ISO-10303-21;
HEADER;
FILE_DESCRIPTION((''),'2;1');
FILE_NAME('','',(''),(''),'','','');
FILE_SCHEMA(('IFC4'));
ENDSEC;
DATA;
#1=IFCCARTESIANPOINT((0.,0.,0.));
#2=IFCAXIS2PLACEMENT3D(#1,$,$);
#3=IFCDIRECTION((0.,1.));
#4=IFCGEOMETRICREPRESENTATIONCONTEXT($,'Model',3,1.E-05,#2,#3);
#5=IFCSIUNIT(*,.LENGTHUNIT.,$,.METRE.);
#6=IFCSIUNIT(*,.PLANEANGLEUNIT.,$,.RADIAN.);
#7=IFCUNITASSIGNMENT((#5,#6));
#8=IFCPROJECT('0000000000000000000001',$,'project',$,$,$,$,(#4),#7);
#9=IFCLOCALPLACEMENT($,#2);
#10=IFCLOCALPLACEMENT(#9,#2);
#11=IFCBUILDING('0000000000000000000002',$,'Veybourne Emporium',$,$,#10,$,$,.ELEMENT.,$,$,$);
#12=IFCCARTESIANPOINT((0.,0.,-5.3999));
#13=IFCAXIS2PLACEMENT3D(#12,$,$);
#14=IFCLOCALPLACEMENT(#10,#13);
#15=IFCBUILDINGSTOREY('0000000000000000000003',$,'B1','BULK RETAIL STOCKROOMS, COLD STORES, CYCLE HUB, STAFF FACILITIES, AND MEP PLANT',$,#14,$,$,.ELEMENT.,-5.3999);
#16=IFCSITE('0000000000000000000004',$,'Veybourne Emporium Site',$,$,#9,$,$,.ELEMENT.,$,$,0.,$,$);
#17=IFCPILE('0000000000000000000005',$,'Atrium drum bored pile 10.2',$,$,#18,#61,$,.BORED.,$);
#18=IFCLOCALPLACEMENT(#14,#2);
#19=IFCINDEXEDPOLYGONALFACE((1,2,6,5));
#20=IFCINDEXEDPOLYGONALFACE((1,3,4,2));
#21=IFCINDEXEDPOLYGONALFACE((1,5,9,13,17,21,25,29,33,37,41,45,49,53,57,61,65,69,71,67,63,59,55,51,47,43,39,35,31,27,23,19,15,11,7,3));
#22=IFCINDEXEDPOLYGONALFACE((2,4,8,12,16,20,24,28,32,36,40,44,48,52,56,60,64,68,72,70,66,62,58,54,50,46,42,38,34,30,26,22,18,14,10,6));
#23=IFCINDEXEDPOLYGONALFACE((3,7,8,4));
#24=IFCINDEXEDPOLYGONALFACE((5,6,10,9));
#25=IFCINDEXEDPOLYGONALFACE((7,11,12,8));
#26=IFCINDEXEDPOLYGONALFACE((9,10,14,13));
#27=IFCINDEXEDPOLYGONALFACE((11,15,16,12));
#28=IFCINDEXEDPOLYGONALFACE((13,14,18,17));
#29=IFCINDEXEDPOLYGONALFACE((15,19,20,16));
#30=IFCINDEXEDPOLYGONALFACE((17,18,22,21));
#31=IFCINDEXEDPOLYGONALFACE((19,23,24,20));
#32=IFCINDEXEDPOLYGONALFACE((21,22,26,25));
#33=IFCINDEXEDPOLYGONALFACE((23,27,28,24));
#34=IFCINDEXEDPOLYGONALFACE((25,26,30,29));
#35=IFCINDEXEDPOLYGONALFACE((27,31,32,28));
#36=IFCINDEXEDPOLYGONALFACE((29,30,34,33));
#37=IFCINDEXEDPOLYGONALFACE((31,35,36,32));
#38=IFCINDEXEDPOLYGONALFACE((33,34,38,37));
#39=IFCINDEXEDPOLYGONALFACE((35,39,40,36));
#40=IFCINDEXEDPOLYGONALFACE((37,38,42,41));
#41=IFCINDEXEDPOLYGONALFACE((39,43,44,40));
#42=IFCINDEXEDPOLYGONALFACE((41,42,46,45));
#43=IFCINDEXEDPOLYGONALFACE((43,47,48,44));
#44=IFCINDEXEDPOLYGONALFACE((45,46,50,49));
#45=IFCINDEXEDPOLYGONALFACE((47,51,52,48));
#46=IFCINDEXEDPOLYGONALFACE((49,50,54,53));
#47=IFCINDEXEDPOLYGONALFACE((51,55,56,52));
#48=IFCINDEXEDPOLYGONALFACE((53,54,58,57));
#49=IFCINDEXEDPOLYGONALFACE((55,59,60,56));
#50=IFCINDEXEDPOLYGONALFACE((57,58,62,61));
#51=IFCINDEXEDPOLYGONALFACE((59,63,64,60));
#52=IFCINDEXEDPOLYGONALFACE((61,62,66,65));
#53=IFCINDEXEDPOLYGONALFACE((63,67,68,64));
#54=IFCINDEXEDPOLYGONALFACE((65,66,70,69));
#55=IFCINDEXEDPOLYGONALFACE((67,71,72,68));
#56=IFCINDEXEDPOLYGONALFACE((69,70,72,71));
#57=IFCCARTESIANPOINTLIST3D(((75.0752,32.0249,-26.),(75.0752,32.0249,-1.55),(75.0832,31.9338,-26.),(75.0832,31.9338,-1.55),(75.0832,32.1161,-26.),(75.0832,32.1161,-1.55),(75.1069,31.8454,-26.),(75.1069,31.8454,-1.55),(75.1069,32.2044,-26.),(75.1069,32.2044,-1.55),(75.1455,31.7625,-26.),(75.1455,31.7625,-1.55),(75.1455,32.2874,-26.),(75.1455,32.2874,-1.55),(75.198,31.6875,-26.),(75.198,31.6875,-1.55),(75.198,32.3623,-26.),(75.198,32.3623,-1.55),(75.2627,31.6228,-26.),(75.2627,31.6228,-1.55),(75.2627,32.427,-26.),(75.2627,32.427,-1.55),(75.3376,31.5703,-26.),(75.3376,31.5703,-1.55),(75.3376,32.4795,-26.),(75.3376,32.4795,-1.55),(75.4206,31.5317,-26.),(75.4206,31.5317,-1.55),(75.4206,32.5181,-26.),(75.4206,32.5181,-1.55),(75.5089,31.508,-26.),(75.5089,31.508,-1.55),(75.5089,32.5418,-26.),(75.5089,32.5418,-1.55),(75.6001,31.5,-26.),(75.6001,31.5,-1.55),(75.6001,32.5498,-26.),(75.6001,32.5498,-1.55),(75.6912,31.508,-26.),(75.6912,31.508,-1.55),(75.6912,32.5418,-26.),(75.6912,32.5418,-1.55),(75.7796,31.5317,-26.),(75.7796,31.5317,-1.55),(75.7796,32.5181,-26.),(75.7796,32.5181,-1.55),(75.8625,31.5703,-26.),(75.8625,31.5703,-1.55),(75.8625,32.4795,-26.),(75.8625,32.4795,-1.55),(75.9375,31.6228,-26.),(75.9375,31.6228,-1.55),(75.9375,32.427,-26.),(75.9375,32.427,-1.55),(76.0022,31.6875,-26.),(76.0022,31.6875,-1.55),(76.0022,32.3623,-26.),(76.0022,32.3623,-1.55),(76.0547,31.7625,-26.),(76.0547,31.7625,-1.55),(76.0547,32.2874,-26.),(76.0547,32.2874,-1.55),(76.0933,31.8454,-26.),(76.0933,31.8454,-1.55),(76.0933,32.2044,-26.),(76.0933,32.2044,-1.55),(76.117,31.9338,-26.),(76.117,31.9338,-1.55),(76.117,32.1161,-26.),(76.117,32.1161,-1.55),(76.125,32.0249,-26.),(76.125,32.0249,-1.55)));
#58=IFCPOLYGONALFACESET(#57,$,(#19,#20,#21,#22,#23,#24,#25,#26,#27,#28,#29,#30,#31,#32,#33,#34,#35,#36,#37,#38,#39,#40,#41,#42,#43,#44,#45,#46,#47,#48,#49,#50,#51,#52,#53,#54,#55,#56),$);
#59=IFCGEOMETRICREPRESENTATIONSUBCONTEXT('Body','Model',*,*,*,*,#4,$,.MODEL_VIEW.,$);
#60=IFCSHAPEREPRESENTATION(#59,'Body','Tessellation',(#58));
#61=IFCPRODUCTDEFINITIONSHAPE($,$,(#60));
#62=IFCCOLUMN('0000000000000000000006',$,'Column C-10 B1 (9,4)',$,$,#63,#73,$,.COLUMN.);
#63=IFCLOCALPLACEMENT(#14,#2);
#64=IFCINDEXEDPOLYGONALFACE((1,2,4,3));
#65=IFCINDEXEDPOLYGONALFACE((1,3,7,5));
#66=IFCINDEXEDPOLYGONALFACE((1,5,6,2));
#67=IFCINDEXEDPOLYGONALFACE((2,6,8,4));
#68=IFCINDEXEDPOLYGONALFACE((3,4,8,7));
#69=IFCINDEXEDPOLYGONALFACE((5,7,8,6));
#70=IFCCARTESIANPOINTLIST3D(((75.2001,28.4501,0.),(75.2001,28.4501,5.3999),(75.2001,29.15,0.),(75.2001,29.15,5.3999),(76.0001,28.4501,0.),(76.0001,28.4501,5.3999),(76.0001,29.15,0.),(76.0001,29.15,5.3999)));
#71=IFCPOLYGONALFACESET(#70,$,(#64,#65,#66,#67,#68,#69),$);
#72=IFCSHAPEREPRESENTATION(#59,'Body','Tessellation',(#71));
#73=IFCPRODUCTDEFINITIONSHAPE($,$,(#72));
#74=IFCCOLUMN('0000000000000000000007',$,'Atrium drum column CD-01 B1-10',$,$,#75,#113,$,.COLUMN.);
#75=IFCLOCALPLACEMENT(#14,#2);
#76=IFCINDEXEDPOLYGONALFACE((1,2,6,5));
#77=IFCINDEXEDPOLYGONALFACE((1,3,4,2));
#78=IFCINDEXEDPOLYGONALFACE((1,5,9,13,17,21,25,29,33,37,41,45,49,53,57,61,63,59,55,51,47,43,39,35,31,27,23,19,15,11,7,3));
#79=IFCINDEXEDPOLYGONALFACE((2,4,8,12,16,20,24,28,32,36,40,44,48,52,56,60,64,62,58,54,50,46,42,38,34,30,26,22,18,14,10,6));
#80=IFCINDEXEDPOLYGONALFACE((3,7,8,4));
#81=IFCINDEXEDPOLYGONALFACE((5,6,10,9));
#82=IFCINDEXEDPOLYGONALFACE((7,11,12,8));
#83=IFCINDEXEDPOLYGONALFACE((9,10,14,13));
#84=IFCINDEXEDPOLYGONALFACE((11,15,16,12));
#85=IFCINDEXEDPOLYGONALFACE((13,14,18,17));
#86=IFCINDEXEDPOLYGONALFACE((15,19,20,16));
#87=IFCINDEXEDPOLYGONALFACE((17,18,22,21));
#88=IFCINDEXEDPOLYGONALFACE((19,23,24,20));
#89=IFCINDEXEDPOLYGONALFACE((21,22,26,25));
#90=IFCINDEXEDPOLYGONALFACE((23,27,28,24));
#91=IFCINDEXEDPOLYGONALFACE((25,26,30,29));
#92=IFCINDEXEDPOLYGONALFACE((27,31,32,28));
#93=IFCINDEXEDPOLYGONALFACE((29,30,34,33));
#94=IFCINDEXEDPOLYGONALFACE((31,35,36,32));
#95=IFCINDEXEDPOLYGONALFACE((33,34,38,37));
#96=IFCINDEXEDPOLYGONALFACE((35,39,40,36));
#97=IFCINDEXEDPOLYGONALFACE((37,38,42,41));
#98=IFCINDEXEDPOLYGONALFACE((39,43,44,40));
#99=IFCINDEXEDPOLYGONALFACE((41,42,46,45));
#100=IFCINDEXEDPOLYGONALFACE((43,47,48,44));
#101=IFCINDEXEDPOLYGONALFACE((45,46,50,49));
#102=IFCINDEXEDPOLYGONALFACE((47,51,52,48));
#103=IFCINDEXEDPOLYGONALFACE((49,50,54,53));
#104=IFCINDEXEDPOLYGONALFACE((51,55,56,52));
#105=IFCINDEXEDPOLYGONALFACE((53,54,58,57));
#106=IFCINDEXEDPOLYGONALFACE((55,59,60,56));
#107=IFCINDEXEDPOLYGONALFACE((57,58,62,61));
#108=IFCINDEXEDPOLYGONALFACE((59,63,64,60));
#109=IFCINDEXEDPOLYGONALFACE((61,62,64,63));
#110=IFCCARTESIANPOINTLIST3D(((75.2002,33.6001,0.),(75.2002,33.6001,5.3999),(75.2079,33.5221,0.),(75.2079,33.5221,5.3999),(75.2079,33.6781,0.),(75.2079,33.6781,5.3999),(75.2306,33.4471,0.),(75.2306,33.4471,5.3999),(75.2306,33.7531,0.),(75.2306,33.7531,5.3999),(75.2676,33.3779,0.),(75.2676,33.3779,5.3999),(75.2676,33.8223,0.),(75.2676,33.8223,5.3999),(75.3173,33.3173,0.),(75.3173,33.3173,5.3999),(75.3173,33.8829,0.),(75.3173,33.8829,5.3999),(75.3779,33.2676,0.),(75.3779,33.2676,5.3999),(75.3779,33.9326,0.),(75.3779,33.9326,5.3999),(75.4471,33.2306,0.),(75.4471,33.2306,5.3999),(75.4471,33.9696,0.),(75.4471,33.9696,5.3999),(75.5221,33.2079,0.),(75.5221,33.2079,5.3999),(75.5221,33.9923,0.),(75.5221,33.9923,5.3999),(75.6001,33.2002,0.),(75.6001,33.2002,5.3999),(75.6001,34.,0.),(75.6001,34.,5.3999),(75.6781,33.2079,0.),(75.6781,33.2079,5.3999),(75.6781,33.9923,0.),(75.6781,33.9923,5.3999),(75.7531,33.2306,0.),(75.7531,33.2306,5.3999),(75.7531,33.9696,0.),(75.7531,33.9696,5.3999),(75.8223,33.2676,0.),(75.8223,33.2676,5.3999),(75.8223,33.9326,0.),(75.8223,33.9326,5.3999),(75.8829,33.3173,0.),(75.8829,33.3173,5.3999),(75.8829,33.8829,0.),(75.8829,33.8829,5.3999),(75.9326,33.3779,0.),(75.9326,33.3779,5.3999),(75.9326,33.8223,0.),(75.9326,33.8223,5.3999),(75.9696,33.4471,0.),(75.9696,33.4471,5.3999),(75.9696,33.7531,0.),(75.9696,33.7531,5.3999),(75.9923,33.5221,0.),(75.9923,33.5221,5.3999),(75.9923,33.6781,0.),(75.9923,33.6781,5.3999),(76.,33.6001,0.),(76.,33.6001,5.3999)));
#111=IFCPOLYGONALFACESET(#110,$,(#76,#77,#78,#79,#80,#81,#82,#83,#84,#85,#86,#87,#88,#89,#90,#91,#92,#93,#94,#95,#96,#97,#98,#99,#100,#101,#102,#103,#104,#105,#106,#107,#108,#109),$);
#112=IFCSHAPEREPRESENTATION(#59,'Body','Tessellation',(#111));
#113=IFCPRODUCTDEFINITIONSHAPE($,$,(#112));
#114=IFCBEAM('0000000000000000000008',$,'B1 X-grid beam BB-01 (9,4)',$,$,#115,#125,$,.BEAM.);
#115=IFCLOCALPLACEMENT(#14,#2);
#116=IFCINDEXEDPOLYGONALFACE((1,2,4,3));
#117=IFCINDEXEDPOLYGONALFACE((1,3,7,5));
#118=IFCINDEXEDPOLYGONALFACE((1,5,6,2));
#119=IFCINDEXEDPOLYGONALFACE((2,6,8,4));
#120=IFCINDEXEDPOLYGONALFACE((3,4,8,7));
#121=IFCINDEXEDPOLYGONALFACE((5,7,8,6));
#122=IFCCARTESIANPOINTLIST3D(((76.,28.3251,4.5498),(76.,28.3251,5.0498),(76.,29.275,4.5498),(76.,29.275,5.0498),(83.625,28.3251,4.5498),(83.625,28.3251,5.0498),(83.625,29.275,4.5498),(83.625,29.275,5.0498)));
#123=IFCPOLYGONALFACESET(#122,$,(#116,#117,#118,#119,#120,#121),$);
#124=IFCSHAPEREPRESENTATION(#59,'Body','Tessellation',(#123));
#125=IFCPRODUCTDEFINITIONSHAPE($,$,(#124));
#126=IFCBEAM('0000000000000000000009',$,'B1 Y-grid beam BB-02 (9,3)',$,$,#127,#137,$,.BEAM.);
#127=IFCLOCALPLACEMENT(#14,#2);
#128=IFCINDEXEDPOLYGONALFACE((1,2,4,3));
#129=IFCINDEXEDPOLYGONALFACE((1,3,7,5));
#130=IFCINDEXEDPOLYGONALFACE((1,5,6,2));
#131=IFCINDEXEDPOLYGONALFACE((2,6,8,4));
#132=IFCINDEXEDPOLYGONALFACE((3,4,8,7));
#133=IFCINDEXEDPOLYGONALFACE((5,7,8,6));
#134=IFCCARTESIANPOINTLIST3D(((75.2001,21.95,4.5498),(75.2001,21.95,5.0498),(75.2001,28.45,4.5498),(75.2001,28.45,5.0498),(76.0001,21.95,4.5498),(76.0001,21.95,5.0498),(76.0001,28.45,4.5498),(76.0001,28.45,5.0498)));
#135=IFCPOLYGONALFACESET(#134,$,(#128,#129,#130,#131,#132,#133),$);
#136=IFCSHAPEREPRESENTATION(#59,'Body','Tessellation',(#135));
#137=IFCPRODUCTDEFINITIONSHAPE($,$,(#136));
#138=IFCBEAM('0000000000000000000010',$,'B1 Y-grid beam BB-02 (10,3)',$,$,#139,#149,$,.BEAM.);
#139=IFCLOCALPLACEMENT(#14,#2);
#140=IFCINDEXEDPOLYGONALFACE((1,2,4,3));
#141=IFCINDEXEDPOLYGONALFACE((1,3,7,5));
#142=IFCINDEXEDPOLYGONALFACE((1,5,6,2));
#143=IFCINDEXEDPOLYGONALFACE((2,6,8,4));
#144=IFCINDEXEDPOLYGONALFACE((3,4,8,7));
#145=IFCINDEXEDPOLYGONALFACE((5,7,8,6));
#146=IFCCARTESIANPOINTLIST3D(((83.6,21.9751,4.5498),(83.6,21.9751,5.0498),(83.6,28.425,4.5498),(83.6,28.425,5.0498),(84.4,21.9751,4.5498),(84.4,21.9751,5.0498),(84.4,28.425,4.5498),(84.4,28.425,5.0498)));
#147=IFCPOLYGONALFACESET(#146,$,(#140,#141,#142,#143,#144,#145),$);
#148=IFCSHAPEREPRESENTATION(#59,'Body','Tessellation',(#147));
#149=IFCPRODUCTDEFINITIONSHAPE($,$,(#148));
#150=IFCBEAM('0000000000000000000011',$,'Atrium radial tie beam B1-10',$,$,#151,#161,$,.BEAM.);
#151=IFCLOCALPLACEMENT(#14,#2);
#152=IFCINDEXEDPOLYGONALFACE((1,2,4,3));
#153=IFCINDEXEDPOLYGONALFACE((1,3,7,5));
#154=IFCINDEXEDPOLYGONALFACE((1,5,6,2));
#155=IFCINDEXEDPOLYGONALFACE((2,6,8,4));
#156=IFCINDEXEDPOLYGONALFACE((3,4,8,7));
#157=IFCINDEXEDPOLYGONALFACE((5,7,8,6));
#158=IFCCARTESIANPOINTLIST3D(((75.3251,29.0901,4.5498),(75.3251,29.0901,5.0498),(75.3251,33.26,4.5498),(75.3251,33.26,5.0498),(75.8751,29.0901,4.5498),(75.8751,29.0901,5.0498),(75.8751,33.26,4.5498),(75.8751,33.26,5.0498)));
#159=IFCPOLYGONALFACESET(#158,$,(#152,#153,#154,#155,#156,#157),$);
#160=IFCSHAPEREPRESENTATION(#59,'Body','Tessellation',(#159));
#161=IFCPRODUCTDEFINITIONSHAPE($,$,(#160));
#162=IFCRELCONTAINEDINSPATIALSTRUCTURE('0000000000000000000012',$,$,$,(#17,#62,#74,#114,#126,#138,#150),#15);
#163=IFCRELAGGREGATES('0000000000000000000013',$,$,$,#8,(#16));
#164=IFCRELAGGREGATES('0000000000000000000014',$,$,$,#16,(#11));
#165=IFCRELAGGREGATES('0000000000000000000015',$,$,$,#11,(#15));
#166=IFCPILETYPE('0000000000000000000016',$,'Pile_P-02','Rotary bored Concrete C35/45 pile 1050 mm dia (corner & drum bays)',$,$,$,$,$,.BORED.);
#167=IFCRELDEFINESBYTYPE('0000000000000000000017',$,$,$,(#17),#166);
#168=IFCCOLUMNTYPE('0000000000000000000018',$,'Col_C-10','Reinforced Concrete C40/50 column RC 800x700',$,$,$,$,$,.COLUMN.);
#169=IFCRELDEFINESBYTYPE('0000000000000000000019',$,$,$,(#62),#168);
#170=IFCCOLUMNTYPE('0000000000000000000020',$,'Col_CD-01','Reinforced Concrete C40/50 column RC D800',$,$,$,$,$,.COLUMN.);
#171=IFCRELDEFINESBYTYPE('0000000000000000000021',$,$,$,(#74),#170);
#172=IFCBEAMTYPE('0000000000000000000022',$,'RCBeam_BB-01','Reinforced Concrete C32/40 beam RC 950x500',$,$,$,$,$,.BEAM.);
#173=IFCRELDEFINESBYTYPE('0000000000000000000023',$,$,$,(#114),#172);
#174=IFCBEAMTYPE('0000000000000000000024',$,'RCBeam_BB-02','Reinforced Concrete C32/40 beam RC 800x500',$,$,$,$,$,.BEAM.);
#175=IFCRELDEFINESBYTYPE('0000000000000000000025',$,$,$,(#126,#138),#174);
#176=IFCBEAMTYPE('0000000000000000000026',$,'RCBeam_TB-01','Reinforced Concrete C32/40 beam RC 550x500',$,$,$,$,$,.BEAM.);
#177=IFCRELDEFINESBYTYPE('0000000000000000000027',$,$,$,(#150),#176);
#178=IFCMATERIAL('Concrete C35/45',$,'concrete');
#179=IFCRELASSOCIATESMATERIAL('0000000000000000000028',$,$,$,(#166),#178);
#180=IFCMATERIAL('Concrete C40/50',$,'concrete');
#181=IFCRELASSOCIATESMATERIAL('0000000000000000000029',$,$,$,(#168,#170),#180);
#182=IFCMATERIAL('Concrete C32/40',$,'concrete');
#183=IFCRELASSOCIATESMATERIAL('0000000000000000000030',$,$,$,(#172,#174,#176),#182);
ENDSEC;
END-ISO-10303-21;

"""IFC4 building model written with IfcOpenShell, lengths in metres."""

from ifc_helpers import new_model, si_unit, direction, frame, origin, origin_2d, place, context, subcontext, project, spatial, rectangle, circle, extrude, material, material_profile, profile_set, type_object, element, save


model = new_model("IFC4")

# Units and contexts
model_context = context("Model", 3, precision=1e-05, world=origin(), true_north=direction((0.0, 1.0)))
body_context = subcontext(model_context, "Body", "Model", "MODEL_VIEW")
ifc_project = project(units=[si_unit("LENGTHUNIT", "METRE"), si_unit("PLANEANGLEUNIT", "RADIAN")], contexts=[model_context])

# Site, building, storey
site_placement = place(None, origin())
site = spatial("IfcSite", under=ifc_project, at=site_placement, Name="Veybourne Emporium Site", CompositionType="ELEMENT", RefElevation=0.0)
building_placement = place(site_placement, origin())
building = spatial("IfcBuilding", under=site, at=building_placement, Name="Veybourne Emporium", CompositionType="ELEMENT")
storey_placement = place(building_placement, frame((0.0, 0.0, -5.3999)))
storey = spatial("IfcBuildingStorey", under=building, at=storey_placement, Name="B1", Description="BULK RETAIL STOCKROOMS, COLD STORES, CYCLE HUB, STAFF FACILITIES, AND MEP PLANT", CompositionType="ELEMENT", Elevation=-5.3999)

# Shared definitions
ifc_material_1 = material(Name="Concrete C35/45", Category="concrete")

# Pile
ifc_material_profile_1 = material_profile(ifc_material_1, circle(Radius=0.5249, at=origin_2d()), Name="BORED PILE 1050")
ifc_profile_set_1 = profile_set([ifc_material_profile_1], Name="Concrete C35/45")
pile_type_1 = type_object("IfcPileType", Name="Pile_P-02", Description="Rotary bored Concrete C35/45 pile 1050 mm dia (corner & drum bays)", PredefinedType="BORED", material=ifc_profile_set_1)
pile_placement = place(storey_placement, frame((75.6001, 32.0249, -1.55), z_axis=(0.0, 0.0, -1.0), x_axis=(1.0, 0.0, 0.0)))
element("IfcPile", 1, at=pile_placement, inside=storey, type_object=pile_type_1, Name="Atrium drum bored pile 10.2", PredefinedType="BORED", context=body_context, shape_type="SweptSolid", body=[
    extrude(circle(Radius=0.5249, at=origin_2d()), origin(), (0.0, 0.0, 1.0), 24.45),
])

# Columns
ifc_material_2 = material(Name="Concrete C40/50", Category="concrete")
ifc_material_profile_2 = material_profile(ifc_material_2, rectangle(XDim=0.8, YDim=0.7, at=origin_2d()), Name="RC 800x700")
ifc_profile_set_2 = profile_set([ifc_material_profile_2], Name="Concrete C40/50")
column_type_1 = type_object("IfcColumnType", Name="Col_C-10", Description="Reinforced Concrete C40/50 column RC 800x700", PredefinedType="COLUMN", material=ifc_profile_set_2)
column_1_placement = place(storey_placement, frame((75.6001, 28.8, 0.0), z_axis=(0.0, 0.0, 1.0), x_axis=(1.0, 0.0, 0.0)))
element("IfcColumn", 2, at=column_1_placement, inside=storey, type_object=column_type_1, Name="Column C-10 B1 (9,4)", PredefinedType="COLUMN", context=body_context, shape_type="SweptSolid", body=[
    extrude(rectangle(XDim=0.8, YDim=0.7, at=origin_2d()), origin(), (0.0, 0.0, 1.0), 5.3999),
])
ifc_material_profile_3 = material_profile(ifc_material_2, circle(Radius=0.3999, at=origin_2d()), Name="RC D800")
ifc_profile_set_3 = profile_set([ifc_material_profile_3], Name="Concrete C40/50")
column_type_2 = type_object("IfcColumnType", Name="Col_CD-01", Description="Reinforced Concrete C40/50 column RC D800", PredefinedType="COLUMN", material=ifc_profile_set_3)
column_2_placement = place(storey_placement, frame((75.6001, 33.6001, 0.0), z_axis=(0.0, 0.0, 1.0), x_axis=(1.0, 0.0, 0.0)))
element("IfcColumn", 3, at=column_2_placement, inside=storey, type_object=column_type_2, Name="Atrium drum column CD-01 B1-10", PredefinedType="COLUMN", context=body_context, shape_type="SweptSolid", body=[
    extrude(circle(Radius=0.3999, at=origin_2d()), origin(), (0.0, 0.0, 1.0), 5.3999),
])

# Beams
ifc_material_3 = material(Name="Concrete C32/40", Category="concrete")
ifc_material_profile_4 = material_profile(ifc_material_3, rectangle(XDim=0.95, YDim=0.5, at=origin_2d()), Name="RC 950x500")
ifc_profile_set_4 = profile_set([ifc_material_profile_4], Name="Concrete C32/40")
beam_type_1 = type_object("IfcBeamType", Name="RCBeam_BB-01", Description="Reinforced Concrete C32/40 beam RC 950x500", PredefinedType="BEAM", material=ifc_profile_set_4)
beam_1_placement = place(storey_placement, frame((76.0, 28.8, 4.7998), z_axis=(1.0, 0.0, 0.0), x_axis=(0.0, 1.0, 0.0)))
element("IfcBeam", 4, at=beam_1_placement, inside=storey, type_object=beam_type_1, Name="B1 X-grid beam BB-01 (9,4)", PredefinedType="BEAM", context=body_context, shape_type="SweptSolid", body=[
    extrude(rectangle(XDim=0.95, YDim=0.5, at=origin_2d()), origin(), (0.0, 0.0, 1.0), 7.625),
])
ifc_material_profile_5 = material_profile(ifc_material_3, rectangle(XDim=0.8, YDim=0.5, at=origin_2d()), Name="RC 800x500")
ifc_profile_set_5 = profile_set([ifc_material_profile_5], Name="Concrete C32/40")
beam_type_2 = type_object("IfcBeamType", Name="RCBeam_BB-02", Description="Reinforced Concrete C32/40 beam RC 800x500", PredefinedType="BEAM", material=ifc_profile_set_5)
beam_2_placement = place(storey_placement, frame((75.6001, 21.95, 4.7998), z_axis=(0.0, 1.0, 0.0), x_axis=(-1.0, 0.0, 0.0)))
element("IfcBeam", 5, at=beam_2_placement, inside=storey, type_object=beam_type_2, Name="B1 Y-grid beam BB-02 (9,3)", PredefinedType="BEAM", context=body_context, shape_type="SweptSolid", body=[
    extrude(rectangle(XDim=0.8, YDim=0.5, at=origin_2d()), origin(), (0.0, 0.0, 1.0), 6.5),
])
beam_3_placement = place(storey_placement, frame((84.0, 21.9751, 4.7998), z_axis=(0.0, 1.0, 0.0), x_axis=(-1.0, 0.0, 0.0)))
element("IfcBeam", 6, at=beam_3_placement, inside=storey, type_object=beam_type_2, Name="B1 Y-grid beam BB-02 (10,3)", PredefinedType="BEAM", context=body_context, shape_type="SweptSolid", body=[
    extrude(rectangle(XDim=0.8, YDim=0.5, at=origin_2d()), origin(), (0.0, 0.0, 1.0), 6.45),
])
ifc_material_profile_6 = material_profile(ifc_material_3, rectangle(XDim=0.55, YDim=0.5, at=origin_2d()), Name="RC 550x500")
ifc_profile_set_6 = profile_set([ifc_material_profile_6], Name="Concrete C32/40")
beam_type_3 = type_object("IfcBeamType", Name="RCBeam_TB-01", Description="Reinforced Concrete C32/40 beam RC 550x500", PredefinedType="BEAM", material=ifc_profile_set_6)
beam_4_placement = place(storey_placement, frame((75.6001, 33.26, 4.7998), z_axis=(0.0, -1.0, 0.0), x_axis=(1.0, 0.0, 0.0)))
element("IfcBeam", 7, at=beam_4_placement, inside=storey, type_object=beam_type_3, Name="Atrium radial tie beam B1-10", PredefinedType="BEAM", context=body_context, shape_type="SweptSolid", body=[
    extrude(rectangle(XDim=0.55, YDim=0.5, at=origin_2d()), origin(), (0.0, 0.0, 1.0), 4.1699),
])

save(model, "model.ifc")
